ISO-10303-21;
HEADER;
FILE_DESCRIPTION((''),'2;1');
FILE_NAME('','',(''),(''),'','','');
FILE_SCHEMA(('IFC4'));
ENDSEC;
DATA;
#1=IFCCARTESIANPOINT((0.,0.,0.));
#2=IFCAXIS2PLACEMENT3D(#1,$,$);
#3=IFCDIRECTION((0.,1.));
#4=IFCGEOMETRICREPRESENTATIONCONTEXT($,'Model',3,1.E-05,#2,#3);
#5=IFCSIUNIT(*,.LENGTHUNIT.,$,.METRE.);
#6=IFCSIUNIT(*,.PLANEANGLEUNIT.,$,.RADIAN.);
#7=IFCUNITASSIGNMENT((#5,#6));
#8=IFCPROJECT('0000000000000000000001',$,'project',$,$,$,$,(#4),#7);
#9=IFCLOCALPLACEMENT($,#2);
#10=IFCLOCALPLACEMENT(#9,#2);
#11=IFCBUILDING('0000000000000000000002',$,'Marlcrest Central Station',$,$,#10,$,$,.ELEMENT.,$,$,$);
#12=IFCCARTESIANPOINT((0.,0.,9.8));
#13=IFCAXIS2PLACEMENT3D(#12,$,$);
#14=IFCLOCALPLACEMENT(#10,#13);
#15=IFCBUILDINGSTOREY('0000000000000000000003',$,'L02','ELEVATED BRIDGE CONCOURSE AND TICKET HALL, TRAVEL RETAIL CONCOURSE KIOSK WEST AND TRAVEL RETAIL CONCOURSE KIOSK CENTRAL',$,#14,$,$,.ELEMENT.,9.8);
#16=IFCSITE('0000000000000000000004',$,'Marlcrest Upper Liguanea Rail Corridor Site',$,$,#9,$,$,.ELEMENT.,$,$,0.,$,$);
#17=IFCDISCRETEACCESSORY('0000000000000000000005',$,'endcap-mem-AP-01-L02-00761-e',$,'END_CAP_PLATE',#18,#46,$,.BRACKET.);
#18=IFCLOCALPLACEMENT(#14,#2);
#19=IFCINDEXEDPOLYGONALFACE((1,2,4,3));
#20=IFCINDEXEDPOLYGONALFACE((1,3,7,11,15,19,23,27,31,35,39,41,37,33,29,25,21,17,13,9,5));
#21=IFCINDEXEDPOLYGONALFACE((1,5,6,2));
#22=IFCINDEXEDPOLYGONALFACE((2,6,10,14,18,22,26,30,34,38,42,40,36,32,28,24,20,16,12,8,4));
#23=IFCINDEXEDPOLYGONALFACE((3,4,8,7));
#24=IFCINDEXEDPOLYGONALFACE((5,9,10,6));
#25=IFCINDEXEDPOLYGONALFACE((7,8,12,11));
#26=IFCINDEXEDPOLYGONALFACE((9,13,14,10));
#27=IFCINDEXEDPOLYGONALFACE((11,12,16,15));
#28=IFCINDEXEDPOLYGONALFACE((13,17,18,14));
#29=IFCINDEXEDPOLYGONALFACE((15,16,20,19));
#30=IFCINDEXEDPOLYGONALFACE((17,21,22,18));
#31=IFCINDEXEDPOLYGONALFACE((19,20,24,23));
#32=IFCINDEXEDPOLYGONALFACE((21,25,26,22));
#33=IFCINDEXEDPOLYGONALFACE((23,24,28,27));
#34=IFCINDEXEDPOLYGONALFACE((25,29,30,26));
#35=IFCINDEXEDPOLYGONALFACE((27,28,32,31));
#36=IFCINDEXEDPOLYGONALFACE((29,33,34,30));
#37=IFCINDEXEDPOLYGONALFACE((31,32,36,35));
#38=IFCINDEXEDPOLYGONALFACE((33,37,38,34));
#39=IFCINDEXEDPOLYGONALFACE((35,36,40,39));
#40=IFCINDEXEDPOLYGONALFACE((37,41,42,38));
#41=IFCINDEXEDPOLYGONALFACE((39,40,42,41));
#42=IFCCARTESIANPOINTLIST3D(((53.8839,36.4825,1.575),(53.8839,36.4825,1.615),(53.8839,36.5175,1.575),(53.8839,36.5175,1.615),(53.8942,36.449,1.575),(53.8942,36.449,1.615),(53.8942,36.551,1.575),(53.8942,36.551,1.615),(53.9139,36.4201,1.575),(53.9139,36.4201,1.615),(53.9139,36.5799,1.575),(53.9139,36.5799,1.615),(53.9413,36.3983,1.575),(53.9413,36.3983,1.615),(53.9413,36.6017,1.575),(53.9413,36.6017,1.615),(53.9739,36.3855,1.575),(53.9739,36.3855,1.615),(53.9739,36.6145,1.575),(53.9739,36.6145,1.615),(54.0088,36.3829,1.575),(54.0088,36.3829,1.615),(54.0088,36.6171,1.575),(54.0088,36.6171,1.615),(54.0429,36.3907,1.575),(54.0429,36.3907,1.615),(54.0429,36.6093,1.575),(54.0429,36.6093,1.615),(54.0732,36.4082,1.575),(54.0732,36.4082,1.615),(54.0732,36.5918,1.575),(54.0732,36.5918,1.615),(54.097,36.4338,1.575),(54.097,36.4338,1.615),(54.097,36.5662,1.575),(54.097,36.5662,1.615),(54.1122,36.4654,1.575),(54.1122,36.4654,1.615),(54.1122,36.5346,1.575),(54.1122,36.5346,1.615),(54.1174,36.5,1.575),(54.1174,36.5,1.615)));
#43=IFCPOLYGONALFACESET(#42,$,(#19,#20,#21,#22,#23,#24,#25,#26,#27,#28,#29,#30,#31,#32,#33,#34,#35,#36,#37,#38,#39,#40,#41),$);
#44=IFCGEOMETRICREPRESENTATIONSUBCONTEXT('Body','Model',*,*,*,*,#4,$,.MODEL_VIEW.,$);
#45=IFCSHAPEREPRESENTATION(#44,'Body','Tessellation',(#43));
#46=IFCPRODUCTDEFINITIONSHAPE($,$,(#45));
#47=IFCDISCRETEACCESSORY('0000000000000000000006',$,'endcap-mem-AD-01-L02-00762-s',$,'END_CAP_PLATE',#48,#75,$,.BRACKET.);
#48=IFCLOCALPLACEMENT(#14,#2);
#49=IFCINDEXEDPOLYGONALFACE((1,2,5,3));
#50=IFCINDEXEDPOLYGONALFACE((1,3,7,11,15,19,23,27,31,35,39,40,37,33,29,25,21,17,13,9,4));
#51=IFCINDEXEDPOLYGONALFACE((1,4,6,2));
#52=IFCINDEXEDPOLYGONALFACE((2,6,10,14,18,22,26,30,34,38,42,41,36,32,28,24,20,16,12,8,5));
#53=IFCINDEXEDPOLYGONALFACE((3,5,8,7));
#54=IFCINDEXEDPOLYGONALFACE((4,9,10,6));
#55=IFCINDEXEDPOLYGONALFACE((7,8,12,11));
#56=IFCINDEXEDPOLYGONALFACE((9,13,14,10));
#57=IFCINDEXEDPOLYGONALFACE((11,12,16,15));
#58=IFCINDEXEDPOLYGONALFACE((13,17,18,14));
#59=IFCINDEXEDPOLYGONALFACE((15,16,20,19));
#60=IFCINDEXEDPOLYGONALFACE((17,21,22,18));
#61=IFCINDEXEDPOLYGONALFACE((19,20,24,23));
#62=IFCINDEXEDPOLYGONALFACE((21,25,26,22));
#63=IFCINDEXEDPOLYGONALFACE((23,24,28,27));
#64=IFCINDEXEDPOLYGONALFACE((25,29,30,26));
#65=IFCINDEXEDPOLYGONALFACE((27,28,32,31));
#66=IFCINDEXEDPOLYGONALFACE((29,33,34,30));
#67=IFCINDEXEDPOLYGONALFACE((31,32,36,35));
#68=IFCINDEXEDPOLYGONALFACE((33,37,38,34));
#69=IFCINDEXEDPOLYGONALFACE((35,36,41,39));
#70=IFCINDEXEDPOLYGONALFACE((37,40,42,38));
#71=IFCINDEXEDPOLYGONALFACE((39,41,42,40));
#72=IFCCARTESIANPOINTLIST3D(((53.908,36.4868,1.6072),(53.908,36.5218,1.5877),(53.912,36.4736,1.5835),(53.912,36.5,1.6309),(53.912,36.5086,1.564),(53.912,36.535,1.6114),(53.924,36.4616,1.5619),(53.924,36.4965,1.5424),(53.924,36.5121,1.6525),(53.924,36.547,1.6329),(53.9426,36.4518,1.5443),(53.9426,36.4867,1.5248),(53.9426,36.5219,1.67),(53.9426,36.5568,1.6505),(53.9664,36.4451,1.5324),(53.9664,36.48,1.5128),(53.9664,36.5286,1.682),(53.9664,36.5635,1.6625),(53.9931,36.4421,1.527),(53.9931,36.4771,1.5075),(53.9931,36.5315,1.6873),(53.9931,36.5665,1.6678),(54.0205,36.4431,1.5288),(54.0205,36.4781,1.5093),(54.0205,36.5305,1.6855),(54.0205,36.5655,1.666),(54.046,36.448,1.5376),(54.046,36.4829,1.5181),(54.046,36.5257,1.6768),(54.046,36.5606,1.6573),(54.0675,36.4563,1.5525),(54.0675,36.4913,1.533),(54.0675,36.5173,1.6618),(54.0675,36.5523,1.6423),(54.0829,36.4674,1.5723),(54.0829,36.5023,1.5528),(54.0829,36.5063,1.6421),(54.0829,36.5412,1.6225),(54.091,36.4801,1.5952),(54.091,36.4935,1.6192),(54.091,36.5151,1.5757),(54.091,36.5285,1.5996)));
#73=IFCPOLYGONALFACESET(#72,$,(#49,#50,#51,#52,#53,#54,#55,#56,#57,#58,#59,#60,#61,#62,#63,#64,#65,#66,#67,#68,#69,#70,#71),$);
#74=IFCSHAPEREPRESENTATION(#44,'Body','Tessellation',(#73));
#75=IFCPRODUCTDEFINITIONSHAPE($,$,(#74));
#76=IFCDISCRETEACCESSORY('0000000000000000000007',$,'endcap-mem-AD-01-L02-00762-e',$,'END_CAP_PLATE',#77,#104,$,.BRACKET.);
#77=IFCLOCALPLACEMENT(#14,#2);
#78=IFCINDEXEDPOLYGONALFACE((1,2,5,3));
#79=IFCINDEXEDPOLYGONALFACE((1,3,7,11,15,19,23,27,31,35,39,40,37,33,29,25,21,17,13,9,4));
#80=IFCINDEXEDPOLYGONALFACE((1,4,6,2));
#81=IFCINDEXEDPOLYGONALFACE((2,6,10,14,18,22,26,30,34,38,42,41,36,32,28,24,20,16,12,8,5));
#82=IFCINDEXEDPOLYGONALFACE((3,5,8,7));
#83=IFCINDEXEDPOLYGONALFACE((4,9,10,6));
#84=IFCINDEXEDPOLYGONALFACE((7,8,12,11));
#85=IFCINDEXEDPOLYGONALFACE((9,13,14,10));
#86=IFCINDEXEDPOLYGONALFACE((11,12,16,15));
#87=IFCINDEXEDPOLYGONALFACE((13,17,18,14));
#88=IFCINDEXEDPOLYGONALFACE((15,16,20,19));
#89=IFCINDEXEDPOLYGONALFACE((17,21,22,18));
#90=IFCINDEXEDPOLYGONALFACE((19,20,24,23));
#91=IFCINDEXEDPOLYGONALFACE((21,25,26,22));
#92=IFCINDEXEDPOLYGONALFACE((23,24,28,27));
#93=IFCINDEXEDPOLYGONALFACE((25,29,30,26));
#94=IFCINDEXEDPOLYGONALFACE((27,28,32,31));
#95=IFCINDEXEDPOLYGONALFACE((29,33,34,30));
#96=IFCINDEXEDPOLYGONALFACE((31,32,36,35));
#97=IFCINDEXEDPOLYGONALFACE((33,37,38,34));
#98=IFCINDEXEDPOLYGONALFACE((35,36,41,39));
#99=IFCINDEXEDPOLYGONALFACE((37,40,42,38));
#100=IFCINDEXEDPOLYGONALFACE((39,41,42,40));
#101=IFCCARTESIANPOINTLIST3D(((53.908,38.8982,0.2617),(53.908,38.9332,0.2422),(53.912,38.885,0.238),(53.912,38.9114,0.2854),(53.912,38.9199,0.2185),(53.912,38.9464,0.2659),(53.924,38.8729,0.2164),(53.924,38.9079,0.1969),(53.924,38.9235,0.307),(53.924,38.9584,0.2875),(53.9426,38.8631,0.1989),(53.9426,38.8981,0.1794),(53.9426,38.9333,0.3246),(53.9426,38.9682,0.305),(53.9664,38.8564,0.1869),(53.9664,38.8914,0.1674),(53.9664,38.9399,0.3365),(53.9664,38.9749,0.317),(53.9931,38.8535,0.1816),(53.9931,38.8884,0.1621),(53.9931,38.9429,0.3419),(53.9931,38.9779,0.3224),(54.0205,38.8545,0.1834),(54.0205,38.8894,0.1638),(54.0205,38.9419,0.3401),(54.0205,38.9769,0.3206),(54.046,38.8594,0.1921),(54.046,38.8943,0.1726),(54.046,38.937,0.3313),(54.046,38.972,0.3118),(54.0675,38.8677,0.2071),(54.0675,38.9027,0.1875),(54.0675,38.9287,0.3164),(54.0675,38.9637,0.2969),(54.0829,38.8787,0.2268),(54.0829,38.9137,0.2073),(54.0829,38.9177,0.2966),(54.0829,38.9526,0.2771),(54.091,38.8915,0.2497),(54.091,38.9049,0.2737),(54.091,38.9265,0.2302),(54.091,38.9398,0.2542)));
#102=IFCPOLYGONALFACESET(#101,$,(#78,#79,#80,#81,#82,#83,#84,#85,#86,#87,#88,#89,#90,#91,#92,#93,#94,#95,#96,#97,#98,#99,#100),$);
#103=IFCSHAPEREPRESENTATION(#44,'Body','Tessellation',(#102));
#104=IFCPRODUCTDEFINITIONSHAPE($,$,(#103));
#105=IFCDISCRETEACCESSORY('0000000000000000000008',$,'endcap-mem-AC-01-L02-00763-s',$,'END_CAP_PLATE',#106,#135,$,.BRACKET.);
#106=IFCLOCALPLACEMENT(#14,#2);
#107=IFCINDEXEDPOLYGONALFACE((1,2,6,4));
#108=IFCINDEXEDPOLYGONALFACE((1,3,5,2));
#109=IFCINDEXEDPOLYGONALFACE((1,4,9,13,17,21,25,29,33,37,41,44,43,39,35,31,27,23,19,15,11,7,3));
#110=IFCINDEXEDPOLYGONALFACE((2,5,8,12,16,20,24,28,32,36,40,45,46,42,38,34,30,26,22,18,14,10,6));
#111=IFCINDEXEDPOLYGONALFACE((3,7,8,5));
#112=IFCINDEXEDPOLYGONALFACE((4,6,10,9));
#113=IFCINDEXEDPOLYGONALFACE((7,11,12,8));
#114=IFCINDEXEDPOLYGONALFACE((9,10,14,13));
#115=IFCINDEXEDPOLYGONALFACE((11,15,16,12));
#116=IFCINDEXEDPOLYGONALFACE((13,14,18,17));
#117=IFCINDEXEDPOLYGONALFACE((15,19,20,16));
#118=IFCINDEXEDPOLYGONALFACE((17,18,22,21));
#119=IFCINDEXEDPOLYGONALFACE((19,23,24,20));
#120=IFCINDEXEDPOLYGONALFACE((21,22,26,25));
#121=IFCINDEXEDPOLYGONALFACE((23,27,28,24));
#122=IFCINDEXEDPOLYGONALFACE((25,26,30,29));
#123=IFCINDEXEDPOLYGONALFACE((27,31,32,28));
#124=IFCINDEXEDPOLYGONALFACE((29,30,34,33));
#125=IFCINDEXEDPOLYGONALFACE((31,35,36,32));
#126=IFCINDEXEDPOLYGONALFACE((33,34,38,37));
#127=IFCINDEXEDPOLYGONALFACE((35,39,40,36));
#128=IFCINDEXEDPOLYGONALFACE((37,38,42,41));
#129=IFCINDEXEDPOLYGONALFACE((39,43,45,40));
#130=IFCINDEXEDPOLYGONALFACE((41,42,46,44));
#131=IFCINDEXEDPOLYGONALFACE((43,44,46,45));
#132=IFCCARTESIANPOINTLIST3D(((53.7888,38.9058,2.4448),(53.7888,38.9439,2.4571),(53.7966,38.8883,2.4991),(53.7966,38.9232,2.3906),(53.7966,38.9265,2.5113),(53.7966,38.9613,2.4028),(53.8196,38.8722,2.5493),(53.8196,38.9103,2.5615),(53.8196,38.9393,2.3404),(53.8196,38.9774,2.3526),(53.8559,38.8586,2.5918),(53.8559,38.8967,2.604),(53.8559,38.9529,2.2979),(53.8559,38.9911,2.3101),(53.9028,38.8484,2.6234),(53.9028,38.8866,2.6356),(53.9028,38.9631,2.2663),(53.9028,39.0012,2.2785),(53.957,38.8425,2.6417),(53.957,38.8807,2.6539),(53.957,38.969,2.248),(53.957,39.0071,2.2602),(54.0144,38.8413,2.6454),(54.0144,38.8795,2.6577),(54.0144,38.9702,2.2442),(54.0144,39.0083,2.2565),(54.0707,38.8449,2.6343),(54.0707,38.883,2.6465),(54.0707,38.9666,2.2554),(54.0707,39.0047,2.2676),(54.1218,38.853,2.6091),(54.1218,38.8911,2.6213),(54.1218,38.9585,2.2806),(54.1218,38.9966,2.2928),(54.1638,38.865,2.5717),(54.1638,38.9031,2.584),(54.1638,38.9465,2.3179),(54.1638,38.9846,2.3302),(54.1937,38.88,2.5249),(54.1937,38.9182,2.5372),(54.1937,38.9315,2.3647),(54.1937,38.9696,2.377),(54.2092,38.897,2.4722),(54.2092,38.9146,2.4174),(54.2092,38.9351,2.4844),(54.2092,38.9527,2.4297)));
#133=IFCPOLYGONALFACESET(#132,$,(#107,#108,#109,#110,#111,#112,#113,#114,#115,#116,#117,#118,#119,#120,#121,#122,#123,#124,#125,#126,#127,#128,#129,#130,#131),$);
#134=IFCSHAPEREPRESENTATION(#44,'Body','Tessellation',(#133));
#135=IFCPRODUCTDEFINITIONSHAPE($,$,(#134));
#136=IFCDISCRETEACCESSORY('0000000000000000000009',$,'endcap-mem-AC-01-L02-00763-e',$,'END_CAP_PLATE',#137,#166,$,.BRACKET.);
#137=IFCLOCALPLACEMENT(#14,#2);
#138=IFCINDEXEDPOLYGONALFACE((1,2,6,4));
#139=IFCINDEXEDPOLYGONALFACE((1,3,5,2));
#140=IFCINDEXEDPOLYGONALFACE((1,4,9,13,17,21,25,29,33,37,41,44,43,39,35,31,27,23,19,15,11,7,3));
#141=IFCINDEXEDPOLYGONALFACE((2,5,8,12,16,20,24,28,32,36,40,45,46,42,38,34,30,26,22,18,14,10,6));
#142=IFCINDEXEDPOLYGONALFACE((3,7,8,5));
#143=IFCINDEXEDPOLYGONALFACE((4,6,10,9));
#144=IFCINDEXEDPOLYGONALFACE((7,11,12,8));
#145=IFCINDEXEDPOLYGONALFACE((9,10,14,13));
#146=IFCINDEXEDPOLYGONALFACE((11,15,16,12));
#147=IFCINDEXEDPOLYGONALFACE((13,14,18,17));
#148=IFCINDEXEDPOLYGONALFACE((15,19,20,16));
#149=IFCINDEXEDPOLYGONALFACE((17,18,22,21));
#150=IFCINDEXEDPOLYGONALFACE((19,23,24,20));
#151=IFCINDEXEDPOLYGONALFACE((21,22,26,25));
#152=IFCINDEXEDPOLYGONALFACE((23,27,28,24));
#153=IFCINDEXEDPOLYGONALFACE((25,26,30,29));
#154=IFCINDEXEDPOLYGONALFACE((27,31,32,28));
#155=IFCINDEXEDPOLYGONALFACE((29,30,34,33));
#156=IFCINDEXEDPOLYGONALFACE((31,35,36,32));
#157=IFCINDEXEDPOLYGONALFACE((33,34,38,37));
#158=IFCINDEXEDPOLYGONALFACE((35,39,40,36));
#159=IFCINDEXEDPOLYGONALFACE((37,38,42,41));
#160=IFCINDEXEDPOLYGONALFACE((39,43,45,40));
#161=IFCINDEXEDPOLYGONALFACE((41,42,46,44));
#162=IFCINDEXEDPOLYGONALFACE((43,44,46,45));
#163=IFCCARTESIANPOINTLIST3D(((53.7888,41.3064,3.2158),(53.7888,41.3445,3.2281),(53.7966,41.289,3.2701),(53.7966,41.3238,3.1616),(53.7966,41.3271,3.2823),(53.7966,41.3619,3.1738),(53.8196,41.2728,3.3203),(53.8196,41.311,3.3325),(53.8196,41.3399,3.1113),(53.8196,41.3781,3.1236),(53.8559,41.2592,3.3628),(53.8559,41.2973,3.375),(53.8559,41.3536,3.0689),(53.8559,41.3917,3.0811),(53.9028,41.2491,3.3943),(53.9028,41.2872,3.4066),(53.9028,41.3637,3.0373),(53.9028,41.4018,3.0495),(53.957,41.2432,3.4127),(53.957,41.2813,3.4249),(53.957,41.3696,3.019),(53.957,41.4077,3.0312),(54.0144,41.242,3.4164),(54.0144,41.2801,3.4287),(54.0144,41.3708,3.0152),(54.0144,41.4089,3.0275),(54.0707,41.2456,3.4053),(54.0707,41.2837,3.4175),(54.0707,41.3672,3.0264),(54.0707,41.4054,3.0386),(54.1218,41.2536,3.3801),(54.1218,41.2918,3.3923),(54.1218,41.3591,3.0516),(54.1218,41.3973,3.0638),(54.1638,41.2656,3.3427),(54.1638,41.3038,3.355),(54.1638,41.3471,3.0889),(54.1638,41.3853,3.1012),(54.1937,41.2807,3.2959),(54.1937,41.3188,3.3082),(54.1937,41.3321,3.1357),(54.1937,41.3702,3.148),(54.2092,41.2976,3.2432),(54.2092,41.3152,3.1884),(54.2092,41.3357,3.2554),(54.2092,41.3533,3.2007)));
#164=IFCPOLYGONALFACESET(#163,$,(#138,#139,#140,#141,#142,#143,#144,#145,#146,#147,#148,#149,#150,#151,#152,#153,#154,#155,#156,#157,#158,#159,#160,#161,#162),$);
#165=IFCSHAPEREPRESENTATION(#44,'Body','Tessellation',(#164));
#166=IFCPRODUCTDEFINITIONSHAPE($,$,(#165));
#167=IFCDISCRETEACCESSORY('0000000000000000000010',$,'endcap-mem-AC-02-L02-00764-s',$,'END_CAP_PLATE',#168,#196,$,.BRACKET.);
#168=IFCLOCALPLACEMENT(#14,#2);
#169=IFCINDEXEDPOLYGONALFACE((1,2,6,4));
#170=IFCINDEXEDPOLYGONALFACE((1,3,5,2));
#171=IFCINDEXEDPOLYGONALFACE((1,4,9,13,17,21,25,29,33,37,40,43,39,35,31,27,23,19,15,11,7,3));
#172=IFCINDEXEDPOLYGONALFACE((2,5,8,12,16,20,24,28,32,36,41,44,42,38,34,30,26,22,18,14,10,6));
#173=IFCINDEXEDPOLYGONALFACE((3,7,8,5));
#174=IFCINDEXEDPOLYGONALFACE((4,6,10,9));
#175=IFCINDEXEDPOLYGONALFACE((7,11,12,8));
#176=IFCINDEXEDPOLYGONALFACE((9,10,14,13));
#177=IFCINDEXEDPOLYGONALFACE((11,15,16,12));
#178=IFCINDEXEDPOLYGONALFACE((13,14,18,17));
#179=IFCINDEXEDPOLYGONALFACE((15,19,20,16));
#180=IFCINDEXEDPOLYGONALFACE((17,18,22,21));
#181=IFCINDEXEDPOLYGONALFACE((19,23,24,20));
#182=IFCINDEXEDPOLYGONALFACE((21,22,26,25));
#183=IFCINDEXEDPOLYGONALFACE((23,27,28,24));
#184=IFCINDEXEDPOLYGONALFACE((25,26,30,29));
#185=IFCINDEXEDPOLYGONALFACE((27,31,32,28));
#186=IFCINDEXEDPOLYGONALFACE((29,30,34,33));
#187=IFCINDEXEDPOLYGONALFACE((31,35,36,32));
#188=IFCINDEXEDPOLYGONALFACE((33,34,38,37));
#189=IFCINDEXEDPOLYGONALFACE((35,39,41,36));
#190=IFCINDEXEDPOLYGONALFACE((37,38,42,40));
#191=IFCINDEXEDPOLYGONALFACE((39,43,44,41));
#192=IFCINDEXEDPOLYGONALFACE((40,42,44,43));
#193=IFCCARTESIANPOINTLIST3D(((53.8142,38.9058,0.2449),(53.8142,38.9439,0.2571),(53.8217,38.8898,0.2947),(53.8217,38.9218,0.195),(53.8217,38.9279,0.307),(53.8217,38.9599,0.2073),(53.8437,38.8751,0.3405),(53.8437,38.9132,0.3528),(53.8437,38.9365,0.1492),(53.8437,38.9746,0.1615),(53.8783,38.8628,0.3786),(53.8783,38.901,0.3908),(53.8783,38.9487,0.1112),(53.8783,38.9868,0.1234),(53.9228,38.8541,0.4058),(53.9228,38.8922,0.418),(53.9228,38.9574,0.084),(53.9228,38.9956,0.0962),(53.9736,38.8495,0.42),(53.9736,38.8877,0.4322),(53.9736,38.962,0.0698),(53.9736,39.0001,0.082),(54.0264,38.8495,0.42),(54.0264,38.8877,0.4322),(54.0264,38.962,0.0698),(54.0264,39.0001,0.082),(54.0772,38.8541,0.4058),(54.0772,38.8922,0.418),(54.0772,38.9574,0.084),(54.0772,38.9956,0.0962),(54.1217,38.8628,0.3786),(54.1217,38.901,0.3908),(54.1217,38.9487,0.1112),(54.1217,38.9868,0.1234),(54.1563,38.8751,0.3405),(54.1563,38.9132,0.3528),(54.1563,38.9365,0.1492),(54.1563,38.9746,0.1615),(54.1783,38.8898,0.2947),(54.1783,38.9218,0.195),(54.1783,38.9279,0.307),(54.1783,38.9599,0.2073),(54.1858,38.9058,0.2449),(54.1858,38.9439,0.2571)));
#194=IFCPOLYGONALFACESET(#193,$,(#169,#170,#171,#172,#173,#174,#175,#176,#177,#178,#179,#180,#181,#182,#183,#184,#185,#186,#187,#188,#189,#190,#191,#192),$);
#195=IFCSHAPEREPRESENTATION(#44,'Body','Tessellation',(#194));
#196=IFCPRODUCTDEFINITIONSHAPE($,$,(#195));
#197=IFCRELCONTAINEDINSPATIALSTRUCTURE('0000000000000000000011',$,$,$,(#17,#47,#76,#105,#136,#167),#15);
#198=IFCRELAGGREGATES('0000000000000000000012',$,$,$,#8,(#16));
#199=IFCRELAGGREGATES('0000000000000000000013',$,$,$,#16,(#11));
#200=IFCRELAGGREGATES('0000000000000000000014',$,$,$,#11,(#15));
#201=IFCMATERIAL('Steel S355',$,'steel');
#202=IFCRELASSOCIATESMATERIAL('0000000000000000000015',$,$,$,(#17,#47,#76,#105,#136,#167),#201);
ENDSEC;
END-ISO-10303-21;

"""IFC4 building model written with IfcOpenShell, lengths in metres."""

from ifc_helpers import new_model, si_unit, direction, frame, origin, origin_2d, place, context, subcontext, project, spatial, circle, extrude, material, element, save


model = new_model("IFC4")

# Units and contexts
model_context = context("Model", 3, precision=1e-05, world=origin(), true_north=direction((0.0, 1.0)))
body_context = subcontext(model_context, "Body", "Model", "MODEL_VIEW")
ifc_project = project(units=[si_unit("LENGTHUNIT", "METRE"), si_unit("PLANEANGLEUNIT", "RADIAN")], contexts=[model_context])

# Site, building, storey
site_placement = place(None, origin())
site = spatial("IfcSite", under=ifc_project, at=site_placement, Name="Marlcrest Upper Liguanea Rail Corridor Site", CompositionType="ELEMENT", RefElevation=0.0)
building_placement = place(site_placement, origin())
building = spatial("IfcBuilding", under=site, at=building_placement, Name="Marlcrest Central Station", CompositionType="ELEMENT")
storey_placement = place(building_placement, frame((0.0, 0.0, 9.8)))
storey = spatial("IfcBuildingStorey", under=building, at=storey_placement, Name="L02", Description="ELEVATED BRIDGE CONCOURSE AND TICKET HALL, TRAVEL RETAIL CONCOURSE KIOSK WEST AND TRAVEL RETAIL CONCOURSE KIOSK CENTRAL", CompositionType="ELEMENT", Elevation=9.8)

# Shared definitions
ifc_material_1 = material(Name="Steel S355", Category="steel")

# Discrete accessories
for number, where, z_axis, x_axis, name in (
    (1, (54.0, 36.5, 1.575), (0.0, 0.0, 1.0), (1.0, 0.0, 0.0), "endcap-mem-AP-01-L02-00761-e"),
):
    element("IfcDiscreteAccessory", number, at=place(storey_placement, frame(where, z_axis=z_axis, x_axis=x_axis)), inside=storey, material=ifc_material_1, Name=name, ObjectType="END_CAP_PLATE", PredefinedType="BRACKET", context=body_context, shape_type="SweptSolid", body=[
        extrude(circle(Radius=0.1174, at=origin_2d()), origin(), (0.0, 0.0, 1.0), 0.04),
    ])
for number, where, z_axis, x_axis, name in (
    (2, (54.0, 36.4868, 1.6072), (0.0, 0.873246, -0.48728), (-1.0, 0.0, 0.0), "endcap-mem-AD-01-L02-00762-s"),
    (3, (54.0, 38.8982, 0.2617), (0.0, 0.873246, -0.48728), (-1.0, 0.0, 0.0), "endcap-mem-AD-01-L02-00762-e"),
):
    element("IfcDiscreteAccessory", number, at=place(storey_placement, frame(where, z_axis=z_axis, x_axis=x_axis)), inside=storey, material=ifc_material_1, Name=name, ObjectType="END_CAP_PLATE", PredefinedType="BRACKET", context=body_context, shape_type="SweptSolid", body=[
        extrude(circle(Radius=0.092, at=origin_2d()), origin(), (0.0, 0.0, 1.0), 0.04),
    ])
for number, where, z_axis, x_axis, name in (
    (4, (54.0, 38.9058, 2.4448), (0.0, 0.952117, 0.305734), (-1.0, 0.0, 0.0), "endcap-mem-AC-01-L02-00763-s"),
    (5, (54.0, 41.3064, 3.2158), (0.0, 0.952117, 0.305734), (-1.0, 0.0, 0.0), "endcap-mem-AC-01-L02-00763-e"),
):
    element("IfcDiscreteAccessory", number, at=place(storey_placement, frame(where, z_axis=z_axis, x_axis=x_axis)), inside=storey, material=ifc_material_1, Name=name, ObjectType="END_CAP_PLATE", PredefinedType="BRACKET", context=body_context, shape_type="SweptSolid", body=[
        extrude(circle(Radius=0.2112, at=origin_2d()), origin(), (0.0, 0.0, 1.0), 0.04),
    ])
for number, where, z_axis, x_axis, name in (
    (6, (54.0, 38.9058, 0.2449), (0.0, 0.952117, 0.305734), (-1.0, 0.0, 0.0), "endcap-mem-AC-02-L02-00764-s"),
):
    element("IfcDiscreteAccessory", number, at=place(storey_placement, frame(where, z_axis=z_axis, x_axis=x_axis)), inside=storey, material=ifc_material_1, Name=name, ObjectType="END_CAP_PLATE", PredefinedType="BRACKET", context=body_context, shape_type="SweptSolid", body=[
        extrude(circle(Radius=0.1858, at=origin_2d()), origin(), (0.0, 0.0, 1.0), 0.04),
    ])

save(model, "model.ifc")
